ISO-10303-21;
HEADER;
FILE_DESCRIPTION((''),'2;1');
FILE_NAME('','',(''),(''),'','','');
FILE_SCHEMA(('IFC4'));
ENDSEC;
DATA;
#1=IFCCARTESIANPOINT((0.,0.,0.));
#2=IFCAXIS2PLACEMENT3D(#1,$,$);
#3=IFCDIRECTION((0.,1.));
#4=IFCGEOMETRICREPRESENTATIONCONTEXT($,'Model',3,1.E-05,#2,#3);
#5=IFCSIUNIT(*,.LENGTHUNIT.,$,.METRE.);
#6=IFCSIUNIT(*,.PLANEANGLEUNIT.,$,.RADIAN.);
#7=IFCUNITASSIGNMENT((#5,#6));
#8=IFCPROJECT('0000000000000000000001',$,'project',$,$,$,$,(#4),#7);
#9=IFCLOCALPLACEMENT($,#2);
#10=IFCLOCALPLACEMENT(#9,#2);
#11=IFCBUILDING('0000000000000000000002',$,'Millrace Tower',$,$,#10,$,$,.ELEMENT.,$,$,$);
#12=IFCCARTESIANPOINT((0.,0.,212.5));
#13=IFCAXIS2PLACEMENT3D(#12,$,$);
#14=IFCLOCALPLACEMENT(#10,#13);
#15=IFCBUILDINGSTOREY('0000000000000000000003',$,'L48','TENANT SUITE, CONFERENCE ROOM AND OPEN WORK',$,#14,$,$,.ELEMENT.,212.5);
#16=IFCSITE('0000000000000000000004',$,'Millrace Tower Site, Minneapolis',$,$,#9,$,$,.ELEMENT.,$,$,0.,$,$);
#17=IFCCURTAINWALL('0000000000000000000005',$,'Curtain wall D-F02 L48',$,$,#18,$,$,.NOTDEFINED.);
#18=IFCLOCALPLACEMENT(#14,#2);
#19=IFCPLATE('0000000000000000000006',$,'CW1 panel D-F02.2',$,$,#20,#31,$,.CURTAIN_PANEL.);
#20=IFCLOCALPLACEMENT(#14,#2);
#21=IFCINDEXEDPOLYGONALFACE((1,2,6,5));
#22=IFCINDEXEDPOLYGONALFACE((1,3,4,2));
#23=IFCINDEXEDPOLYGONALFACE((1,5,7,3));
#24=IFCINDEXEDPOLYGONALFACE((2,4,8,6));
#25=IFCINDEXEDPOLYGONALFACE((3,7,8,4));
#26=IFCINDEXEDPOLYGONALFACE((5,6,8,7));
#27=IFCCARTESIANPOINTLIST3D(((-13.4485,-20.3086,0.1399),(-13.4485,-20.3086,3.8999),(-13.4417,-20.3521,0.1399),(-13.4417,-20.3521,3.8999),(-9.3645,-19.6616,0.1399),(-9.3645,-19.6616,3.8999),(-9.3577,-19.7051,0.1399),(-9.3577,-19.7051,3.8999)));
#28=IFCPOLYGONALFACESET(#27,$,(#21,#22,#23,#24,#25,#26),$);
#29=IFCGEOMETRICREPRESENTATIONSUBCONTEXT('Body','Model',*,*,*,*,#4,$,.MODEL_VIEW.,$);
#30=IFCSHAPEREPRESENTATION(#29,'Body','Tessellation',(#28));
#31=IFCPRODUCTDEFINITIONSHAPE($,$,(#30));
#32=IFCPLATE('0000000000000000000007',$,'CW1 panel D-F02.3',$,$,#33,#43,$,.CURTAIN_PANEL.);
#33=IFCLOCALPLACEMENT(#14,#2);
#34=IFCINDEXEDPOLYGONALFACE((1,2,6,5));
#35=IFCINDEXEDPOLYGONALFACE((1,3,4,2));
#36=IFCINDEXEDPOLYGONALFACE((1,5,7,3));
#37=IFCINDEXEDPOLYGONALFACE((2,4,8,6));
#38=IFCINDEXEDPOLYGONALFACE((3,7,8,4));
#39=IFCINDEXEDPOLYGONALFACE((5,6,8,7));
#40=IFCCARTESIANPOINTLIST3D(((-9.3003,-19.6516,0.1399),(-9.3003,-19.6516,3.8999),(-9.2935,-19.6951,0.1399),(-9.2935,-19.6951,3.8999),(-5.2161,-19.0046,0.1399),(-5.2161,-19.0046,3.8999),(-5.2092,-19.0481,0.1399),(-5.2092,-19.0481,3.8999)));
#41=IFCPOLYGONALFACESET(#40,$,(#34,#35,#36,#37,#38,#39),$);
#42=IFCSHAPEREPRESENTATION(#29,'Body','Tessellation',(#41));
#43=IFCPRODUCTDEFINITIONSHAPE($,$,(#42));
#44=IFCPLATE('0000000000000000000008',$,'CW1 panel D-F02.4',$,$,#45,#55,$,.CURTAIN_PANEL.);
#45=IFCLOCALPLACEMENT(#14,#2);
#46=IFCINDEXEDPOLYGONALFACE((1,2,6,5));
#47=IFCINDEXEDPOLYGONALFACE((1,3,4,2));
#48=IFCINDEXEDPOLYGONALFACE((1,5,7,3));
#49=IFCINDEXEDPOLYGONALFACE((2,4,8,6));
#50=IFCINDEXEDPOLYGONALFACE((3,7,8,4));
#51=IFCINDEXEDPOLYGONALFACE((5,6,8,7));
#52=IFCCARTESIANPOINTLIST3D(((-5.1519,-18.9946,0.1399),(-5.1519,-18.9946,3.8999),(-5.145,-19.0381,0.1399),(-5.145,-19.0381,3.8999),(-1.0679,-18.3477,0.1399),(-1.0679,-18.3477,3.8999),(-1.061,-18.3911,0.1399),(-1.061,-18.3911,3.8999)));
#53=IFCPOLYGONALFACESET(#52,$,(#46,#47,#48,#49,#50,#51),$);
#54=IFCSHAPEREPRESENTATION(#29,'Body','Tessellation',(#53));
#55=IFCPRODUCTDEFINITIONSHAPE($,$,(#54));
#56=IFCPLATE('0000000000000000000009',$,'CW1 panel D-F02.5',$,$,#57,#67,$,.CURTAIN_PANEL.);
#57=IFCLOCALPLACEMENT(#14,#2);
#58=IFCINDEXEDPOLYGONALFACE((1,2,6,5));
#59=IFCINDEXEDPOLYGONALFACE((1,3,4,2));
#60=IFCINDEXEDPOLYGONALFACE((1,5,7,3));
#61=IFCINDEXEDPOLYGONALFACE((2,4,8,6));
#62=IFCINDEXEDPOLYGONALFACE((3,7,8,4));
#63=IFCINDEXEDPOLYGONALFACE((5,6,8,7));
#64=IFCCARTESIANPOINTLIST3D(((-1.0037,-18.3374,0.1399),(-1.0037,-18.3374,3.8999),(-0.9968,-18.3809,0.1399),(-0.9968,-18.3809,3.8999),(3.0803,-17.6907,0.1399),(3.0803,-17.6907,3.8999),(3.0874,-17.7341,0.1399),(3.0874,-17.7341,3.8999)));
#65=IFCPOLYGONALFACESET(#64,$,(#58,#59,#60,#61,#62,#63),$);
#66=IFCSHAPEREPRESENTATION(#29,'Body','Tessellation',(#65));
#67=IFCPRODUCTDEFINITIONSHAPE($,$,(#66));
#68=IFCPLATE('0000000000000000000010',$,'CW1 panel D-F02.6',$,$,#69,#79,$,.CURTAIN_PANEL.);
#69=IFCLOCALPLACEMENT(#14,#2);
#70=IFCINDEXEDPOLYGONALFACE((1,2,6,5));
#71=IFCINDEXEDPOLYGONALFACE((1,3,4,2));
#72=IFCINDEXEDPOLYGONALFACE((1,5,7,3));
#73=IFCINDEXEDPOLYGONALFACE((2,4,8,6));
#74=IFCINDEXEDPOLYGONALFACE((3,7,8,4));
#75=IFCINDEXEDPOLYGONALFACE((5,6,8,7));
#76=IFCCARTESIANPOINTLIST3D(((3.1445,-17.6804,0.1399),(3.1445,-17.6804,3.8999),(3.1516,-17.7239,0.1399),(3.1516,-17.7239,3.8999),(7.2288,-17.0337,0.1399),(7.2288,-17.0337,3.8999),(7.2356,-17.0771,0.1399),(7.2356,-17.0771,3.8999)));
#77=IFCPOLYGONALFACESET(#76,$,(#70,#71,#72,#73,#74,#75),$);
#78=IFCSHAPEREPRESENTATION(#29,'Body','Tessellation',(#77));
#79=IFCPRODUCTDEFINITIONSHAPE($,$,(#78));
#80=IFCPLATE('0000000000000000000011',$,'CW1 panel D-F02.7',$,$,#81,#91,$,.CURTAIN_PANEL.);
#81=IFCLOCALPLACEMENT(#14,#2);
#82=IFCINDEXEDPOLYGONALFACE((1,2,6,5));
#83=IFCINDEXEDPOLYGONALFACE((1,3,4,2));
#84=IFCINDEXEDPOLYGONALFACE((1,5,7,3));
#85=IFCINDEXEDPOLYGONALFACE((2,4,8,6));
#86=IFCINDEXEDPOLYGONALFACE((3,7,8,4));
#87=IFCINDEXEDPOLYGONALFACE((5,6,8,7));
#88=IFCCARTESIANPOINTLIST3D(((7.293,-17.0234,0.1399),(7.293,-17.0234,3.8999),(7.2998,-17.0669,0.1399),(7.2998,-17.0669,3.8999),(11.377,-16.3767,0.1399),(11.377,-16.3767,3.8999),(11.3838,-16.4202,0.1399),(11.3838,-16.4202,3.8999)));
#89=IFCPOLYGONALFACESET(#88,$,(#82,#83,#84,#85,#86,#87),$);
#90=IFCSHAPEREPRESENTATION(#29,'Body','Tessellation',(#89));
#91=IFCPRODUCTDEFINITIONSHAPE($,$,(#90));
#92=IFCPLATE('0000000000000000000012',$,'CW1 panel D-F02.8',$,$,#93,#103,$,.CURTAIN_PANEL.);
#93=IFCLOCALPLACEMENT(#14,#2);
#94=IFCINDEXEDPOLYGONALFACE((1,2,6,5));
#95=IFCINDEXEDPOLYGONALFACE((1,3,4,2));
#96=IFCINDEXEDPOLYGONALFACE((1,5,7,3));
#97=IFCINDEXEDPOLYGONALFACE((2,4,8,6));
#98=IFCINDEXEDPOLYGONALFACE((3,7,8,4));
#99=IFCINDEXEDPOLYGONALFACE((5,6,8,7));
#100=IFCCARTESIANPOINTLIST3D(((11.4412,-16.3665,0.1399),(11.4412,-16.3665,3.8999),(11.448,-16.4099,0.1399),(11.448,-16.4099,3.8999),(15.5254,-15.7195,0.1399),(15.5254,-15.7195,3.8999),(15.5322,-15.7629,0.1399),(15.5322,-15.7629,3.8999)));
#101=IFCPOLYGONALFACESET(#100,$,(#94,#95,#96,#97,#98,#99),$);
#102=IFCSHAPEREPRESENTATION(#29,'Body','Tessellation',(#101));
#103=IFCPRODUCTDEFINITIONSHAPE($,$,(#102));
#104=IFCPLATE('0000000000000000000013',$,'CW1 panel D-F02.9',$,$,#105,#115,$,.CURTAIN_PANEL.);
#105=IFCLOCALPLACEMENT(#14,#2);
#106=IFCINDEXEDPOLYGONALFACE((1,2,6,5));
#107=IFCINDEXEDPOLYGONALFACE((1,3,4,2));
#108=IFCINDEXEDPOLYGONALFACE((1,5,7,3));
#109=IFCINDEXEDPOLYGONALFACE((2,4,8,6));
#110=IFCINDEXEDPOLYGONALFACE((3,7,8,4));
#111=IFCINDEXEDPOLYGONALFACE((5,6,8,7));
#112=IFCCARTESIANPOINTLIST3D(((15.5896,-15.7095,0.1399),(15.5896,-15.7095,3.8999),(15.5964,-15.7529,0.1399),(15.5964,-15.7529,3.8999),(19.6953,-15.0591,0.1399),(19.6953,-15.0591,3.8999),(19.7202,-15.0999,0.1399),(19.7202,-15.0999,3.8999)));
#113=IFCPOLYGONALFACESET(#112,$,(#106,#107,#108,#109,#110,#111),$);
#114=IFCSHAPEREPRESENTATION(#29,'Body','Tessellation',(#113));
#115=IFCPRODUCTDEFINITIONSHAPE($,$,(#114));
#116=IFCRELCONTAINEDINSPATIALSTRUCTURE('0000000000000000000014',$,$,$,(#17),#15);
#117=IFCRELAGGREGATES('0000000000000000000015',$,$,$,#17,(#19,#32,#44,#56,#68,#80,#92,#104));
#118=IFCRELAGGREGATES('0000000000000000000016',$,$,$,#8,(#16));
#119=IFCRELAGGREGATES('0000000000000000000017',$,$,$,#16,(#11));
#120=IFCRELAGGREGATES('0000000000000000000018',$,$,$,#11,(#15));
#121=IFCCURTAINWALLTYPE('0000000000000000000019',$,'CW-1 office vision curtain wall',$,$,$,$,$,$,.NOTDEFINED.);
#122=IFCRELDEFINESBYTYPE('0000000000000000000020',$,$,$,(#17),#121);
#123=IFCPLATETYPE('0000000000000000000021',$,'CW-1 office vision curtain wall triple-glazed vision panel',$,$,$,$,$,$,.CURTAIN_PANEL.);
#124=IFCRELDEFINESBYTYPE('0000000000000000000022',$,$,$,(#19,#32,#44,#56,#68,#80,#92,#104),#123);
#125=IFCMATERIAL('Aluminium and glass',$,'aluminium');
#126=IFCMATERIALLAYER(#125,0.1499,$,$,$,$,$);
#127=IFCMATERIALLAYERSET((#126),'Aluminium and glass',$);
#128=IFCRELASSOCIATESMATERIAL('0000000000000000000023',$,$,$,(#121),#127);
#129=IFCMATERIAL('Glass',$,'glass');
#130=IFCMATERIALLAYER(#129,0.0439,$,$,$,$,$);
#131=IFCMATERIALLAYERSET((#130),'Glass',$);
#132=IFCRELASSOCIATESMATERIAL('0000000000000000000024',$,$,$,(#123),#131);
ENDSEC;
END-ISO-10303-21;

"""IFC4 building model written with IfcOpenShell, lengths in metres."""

from ifc_helpers import new_model, si_unit, direction, frame, origin, place, context, subcontext, project, spatial, polyline, outline, extrude, material, layer, layer_set, type_object, element, aggregate, save


model = new_model("IFC4")

# Units and contexts
model_context = context("Model", 3, precision=1e-05, world=origin(), true_north=direction((0.0, 1.0)))
body_context = subcontext(model_context, "Body", "Model", "MODEL_VIEW")
ifc_project = project(units=[si_unit("LENGTHUNIT", "METRE"), si_unit("PLANEANGLEUNIT", "RADIAN")], contexts=[model_context])

# Site, building, storey
site_placement = place(None, origin())
site = spatial("IfcSite", under=ifc_project, at=site_placement, Name="Millrace Tower Site, Minneapolis", CompositionType="ELEMENT", RefElevation=0.0)
building_placement = place(site_placement, origin())
building = spatial("IfcBuilding", under=site, at=building_placement, Name="Millrace Tower", CompositionType="ELEMENT")
storey_placement = place(building_placement, frame((0.0, 0.0, 212.5)))
storey = spatial("IfcBuildingStorey", under=building, at=storey_placement, Name="L48", Description="TENANT SUITE, CONFERENCE ROOM AND OPEN WORK", CompositionType="ELEMENT", Elevation=212.5)

# Shared definitions
ifc_material_1 = material(Name="Aluminium and glass", Category="aluminium")
ifc_layer_1 = layer(ifc_material_1, 0.1499)
ifc_layer_set_1 = layer_set([ifc_layer_1], Name="Aluminium and glass")
curtain_wall_type = type_object("IfcCurtainWallType", Name="CW-1 office vision curtain wall", PredefinedType="NOTDEFINED", material=ifc_layer_set_1)
placement_1 = place(storey_placement, origin())
ifc_material_2 = material(Name="Glass", Category="glass")
ifc_layer_2 = layer(ifc_material_2, 0.0439)
ifc_layer_set_2 = layer_set([ifc_layer_2], Name="Glass")
plate_type = type_object("IfcPlateType", Name="CW-1 office vision curtain wall triple-glazed vision panel", PredefinedType="CURTAIN_PANEL", material=ifc_layer_set_2)
placement_2 = place(storey_placement, frame((0.0, 0.0, 0.1399)))

# Curtain wall, plates
curtain_wall_1 = element("IfcCurtainWall", 1, at=placement_1, inside=storey, type_object=curtain_wall_type, Name="Curtain wall D-F02 L48", PredefinedType="NOTDEFINED")
plate_1 = element("IfcPlate", 2, at=placement_2, type_object=plate_type, Name="CW1 panel D-F02.2", PredefinedType="CURTAIN_PANEL", context=body_context, shape_type="SweptSolid", body=[
    extrude(outline(polyline([(-13.4417, -20.3521), (-9.3577, -19.7051), (-9.3645, -19.6616), (-13.4485, -20.3086), (-13.4417, -20.3521)])), origin(), (0.0, 0.0, 1.0), 3.76),
])
plate_2 = element("IfcPlate", 3, at=placement_2, type_object=plate_type, Name="CW1 panel D-F02.3", PredefinedType="CURTAIN_PANEL", context=body_context, shape_type="SweptSolid", body=[
    extrude(outline(polyline([(-9.2935, -19.6951), (-5.2092, -19.0481), (-5.2161, -19.0046), (-9.3003, -19.6516), (-9.2935, -19.6951)])), origin(), (0.0, 0.0, 1.0), 3.76),
])
plate_3 = element("IfcPlate", 4, at=placement_2, type_object=plate_type, Name="CW1 panel D-F02.4", PredefinedType="CURTAIN_PANEL", context=body_context, shape_type="SweptSolid", body=[
    extrude(outline(polyline([(-5.145, -19.0381), (-1.061, -18.3911), (-1.0679, -18.3477), (-5.1519, -18.9946), (-5.145, -19.0381)])), origin(), (0.0, 0.0, 1.0), 3.76),
])
plate_4 = element("IfcPlate", 5, at=placement_2, type_object=plate_type, Name="CW1 panel D-F02.5", PredefinedType="CURTAIN_PANEL", context=body_context, shape_type="SweptSolid", body=[
    extrude(outline(polyline([(-0.9968, -18.3809), (3.0874, -17.7341), (3.0803, -17.6907), (-1.0037, -18.3374), (-0.9968, -18.3809)])), origin(), (0.0, 0.0, 1.0), 3.76),
])
plate_5 = element("IfcPlate", 6, at=placement_2, type_object=plate_type, Name="CW1 panel D-F02.6", PredefinedType="CURTAIN_PANEL", context=body_context, shape_type="SweptSolid", body=[
    extrude(outline(polyline([(3.1516, -17.7239), (7.2356, -17.0771), (7.2288, -17.0337), (3.1445, -17.6804), (3.1516, -17.7239)])), origin(), (0.0, 0.0, 1.0), 3.76),
])
plate_6 = element("IfcPlate", 7, at=placement_2, type_object=plate_type, Name="CW1 panel D-F02.7", PredefinedType="CURTAIN_PANEL", context=body_context, shape_type="SweptSolid", body=[
    extrude(outline(polyline([(7.2998, -17.0669), (11.3838, -16.4202), (11.377, -16.3767), (7.293, -17.0234), (7.2998, -17.0669)])), origin(), (0.0, 0.0, 1.0), 3.76),
])
plate_7 = element("IfcPlate", 8, at=placement_2, type_object=plate_type, Name="CW1 panel D-F02.8", PredefinedType="CURTAIN_PANEL", context=body_context, shape_type="SweptSolid", body=[
    extrude(outline(polyline([(11.448, -16.4099), (15.5322, -15.7629), (15.5254, -15.7195), (11.4412, -16.3665), (11.448, -16.4099)])), origin(), (0.0, 0.0, 1.0), 3.76),
])
plate_8 = element("IfcPlate", 9, at=placement_2, type_object=plate_type, Name="CW1 panel D-F02.9", PredefinedType="CURTAIN_PANEL", context=body_context, shape_type="SweptSolid", body=[
    extrude(outline(polyline([(15.5964, -15.7529), (19.7202, -15.0999), (19.6953, -15.0591), (15.5896, -15.7095), (15.5964, -15.7529)])), origin(), (0.0, 0.0, 1.0), 3.76),
])
aggregate(curtain_wall_1, [plate_1, plate_2, plate_3, plate_4, plate_5, plate_6, plate_7, plate_8])

save(model, "model.ifc")
